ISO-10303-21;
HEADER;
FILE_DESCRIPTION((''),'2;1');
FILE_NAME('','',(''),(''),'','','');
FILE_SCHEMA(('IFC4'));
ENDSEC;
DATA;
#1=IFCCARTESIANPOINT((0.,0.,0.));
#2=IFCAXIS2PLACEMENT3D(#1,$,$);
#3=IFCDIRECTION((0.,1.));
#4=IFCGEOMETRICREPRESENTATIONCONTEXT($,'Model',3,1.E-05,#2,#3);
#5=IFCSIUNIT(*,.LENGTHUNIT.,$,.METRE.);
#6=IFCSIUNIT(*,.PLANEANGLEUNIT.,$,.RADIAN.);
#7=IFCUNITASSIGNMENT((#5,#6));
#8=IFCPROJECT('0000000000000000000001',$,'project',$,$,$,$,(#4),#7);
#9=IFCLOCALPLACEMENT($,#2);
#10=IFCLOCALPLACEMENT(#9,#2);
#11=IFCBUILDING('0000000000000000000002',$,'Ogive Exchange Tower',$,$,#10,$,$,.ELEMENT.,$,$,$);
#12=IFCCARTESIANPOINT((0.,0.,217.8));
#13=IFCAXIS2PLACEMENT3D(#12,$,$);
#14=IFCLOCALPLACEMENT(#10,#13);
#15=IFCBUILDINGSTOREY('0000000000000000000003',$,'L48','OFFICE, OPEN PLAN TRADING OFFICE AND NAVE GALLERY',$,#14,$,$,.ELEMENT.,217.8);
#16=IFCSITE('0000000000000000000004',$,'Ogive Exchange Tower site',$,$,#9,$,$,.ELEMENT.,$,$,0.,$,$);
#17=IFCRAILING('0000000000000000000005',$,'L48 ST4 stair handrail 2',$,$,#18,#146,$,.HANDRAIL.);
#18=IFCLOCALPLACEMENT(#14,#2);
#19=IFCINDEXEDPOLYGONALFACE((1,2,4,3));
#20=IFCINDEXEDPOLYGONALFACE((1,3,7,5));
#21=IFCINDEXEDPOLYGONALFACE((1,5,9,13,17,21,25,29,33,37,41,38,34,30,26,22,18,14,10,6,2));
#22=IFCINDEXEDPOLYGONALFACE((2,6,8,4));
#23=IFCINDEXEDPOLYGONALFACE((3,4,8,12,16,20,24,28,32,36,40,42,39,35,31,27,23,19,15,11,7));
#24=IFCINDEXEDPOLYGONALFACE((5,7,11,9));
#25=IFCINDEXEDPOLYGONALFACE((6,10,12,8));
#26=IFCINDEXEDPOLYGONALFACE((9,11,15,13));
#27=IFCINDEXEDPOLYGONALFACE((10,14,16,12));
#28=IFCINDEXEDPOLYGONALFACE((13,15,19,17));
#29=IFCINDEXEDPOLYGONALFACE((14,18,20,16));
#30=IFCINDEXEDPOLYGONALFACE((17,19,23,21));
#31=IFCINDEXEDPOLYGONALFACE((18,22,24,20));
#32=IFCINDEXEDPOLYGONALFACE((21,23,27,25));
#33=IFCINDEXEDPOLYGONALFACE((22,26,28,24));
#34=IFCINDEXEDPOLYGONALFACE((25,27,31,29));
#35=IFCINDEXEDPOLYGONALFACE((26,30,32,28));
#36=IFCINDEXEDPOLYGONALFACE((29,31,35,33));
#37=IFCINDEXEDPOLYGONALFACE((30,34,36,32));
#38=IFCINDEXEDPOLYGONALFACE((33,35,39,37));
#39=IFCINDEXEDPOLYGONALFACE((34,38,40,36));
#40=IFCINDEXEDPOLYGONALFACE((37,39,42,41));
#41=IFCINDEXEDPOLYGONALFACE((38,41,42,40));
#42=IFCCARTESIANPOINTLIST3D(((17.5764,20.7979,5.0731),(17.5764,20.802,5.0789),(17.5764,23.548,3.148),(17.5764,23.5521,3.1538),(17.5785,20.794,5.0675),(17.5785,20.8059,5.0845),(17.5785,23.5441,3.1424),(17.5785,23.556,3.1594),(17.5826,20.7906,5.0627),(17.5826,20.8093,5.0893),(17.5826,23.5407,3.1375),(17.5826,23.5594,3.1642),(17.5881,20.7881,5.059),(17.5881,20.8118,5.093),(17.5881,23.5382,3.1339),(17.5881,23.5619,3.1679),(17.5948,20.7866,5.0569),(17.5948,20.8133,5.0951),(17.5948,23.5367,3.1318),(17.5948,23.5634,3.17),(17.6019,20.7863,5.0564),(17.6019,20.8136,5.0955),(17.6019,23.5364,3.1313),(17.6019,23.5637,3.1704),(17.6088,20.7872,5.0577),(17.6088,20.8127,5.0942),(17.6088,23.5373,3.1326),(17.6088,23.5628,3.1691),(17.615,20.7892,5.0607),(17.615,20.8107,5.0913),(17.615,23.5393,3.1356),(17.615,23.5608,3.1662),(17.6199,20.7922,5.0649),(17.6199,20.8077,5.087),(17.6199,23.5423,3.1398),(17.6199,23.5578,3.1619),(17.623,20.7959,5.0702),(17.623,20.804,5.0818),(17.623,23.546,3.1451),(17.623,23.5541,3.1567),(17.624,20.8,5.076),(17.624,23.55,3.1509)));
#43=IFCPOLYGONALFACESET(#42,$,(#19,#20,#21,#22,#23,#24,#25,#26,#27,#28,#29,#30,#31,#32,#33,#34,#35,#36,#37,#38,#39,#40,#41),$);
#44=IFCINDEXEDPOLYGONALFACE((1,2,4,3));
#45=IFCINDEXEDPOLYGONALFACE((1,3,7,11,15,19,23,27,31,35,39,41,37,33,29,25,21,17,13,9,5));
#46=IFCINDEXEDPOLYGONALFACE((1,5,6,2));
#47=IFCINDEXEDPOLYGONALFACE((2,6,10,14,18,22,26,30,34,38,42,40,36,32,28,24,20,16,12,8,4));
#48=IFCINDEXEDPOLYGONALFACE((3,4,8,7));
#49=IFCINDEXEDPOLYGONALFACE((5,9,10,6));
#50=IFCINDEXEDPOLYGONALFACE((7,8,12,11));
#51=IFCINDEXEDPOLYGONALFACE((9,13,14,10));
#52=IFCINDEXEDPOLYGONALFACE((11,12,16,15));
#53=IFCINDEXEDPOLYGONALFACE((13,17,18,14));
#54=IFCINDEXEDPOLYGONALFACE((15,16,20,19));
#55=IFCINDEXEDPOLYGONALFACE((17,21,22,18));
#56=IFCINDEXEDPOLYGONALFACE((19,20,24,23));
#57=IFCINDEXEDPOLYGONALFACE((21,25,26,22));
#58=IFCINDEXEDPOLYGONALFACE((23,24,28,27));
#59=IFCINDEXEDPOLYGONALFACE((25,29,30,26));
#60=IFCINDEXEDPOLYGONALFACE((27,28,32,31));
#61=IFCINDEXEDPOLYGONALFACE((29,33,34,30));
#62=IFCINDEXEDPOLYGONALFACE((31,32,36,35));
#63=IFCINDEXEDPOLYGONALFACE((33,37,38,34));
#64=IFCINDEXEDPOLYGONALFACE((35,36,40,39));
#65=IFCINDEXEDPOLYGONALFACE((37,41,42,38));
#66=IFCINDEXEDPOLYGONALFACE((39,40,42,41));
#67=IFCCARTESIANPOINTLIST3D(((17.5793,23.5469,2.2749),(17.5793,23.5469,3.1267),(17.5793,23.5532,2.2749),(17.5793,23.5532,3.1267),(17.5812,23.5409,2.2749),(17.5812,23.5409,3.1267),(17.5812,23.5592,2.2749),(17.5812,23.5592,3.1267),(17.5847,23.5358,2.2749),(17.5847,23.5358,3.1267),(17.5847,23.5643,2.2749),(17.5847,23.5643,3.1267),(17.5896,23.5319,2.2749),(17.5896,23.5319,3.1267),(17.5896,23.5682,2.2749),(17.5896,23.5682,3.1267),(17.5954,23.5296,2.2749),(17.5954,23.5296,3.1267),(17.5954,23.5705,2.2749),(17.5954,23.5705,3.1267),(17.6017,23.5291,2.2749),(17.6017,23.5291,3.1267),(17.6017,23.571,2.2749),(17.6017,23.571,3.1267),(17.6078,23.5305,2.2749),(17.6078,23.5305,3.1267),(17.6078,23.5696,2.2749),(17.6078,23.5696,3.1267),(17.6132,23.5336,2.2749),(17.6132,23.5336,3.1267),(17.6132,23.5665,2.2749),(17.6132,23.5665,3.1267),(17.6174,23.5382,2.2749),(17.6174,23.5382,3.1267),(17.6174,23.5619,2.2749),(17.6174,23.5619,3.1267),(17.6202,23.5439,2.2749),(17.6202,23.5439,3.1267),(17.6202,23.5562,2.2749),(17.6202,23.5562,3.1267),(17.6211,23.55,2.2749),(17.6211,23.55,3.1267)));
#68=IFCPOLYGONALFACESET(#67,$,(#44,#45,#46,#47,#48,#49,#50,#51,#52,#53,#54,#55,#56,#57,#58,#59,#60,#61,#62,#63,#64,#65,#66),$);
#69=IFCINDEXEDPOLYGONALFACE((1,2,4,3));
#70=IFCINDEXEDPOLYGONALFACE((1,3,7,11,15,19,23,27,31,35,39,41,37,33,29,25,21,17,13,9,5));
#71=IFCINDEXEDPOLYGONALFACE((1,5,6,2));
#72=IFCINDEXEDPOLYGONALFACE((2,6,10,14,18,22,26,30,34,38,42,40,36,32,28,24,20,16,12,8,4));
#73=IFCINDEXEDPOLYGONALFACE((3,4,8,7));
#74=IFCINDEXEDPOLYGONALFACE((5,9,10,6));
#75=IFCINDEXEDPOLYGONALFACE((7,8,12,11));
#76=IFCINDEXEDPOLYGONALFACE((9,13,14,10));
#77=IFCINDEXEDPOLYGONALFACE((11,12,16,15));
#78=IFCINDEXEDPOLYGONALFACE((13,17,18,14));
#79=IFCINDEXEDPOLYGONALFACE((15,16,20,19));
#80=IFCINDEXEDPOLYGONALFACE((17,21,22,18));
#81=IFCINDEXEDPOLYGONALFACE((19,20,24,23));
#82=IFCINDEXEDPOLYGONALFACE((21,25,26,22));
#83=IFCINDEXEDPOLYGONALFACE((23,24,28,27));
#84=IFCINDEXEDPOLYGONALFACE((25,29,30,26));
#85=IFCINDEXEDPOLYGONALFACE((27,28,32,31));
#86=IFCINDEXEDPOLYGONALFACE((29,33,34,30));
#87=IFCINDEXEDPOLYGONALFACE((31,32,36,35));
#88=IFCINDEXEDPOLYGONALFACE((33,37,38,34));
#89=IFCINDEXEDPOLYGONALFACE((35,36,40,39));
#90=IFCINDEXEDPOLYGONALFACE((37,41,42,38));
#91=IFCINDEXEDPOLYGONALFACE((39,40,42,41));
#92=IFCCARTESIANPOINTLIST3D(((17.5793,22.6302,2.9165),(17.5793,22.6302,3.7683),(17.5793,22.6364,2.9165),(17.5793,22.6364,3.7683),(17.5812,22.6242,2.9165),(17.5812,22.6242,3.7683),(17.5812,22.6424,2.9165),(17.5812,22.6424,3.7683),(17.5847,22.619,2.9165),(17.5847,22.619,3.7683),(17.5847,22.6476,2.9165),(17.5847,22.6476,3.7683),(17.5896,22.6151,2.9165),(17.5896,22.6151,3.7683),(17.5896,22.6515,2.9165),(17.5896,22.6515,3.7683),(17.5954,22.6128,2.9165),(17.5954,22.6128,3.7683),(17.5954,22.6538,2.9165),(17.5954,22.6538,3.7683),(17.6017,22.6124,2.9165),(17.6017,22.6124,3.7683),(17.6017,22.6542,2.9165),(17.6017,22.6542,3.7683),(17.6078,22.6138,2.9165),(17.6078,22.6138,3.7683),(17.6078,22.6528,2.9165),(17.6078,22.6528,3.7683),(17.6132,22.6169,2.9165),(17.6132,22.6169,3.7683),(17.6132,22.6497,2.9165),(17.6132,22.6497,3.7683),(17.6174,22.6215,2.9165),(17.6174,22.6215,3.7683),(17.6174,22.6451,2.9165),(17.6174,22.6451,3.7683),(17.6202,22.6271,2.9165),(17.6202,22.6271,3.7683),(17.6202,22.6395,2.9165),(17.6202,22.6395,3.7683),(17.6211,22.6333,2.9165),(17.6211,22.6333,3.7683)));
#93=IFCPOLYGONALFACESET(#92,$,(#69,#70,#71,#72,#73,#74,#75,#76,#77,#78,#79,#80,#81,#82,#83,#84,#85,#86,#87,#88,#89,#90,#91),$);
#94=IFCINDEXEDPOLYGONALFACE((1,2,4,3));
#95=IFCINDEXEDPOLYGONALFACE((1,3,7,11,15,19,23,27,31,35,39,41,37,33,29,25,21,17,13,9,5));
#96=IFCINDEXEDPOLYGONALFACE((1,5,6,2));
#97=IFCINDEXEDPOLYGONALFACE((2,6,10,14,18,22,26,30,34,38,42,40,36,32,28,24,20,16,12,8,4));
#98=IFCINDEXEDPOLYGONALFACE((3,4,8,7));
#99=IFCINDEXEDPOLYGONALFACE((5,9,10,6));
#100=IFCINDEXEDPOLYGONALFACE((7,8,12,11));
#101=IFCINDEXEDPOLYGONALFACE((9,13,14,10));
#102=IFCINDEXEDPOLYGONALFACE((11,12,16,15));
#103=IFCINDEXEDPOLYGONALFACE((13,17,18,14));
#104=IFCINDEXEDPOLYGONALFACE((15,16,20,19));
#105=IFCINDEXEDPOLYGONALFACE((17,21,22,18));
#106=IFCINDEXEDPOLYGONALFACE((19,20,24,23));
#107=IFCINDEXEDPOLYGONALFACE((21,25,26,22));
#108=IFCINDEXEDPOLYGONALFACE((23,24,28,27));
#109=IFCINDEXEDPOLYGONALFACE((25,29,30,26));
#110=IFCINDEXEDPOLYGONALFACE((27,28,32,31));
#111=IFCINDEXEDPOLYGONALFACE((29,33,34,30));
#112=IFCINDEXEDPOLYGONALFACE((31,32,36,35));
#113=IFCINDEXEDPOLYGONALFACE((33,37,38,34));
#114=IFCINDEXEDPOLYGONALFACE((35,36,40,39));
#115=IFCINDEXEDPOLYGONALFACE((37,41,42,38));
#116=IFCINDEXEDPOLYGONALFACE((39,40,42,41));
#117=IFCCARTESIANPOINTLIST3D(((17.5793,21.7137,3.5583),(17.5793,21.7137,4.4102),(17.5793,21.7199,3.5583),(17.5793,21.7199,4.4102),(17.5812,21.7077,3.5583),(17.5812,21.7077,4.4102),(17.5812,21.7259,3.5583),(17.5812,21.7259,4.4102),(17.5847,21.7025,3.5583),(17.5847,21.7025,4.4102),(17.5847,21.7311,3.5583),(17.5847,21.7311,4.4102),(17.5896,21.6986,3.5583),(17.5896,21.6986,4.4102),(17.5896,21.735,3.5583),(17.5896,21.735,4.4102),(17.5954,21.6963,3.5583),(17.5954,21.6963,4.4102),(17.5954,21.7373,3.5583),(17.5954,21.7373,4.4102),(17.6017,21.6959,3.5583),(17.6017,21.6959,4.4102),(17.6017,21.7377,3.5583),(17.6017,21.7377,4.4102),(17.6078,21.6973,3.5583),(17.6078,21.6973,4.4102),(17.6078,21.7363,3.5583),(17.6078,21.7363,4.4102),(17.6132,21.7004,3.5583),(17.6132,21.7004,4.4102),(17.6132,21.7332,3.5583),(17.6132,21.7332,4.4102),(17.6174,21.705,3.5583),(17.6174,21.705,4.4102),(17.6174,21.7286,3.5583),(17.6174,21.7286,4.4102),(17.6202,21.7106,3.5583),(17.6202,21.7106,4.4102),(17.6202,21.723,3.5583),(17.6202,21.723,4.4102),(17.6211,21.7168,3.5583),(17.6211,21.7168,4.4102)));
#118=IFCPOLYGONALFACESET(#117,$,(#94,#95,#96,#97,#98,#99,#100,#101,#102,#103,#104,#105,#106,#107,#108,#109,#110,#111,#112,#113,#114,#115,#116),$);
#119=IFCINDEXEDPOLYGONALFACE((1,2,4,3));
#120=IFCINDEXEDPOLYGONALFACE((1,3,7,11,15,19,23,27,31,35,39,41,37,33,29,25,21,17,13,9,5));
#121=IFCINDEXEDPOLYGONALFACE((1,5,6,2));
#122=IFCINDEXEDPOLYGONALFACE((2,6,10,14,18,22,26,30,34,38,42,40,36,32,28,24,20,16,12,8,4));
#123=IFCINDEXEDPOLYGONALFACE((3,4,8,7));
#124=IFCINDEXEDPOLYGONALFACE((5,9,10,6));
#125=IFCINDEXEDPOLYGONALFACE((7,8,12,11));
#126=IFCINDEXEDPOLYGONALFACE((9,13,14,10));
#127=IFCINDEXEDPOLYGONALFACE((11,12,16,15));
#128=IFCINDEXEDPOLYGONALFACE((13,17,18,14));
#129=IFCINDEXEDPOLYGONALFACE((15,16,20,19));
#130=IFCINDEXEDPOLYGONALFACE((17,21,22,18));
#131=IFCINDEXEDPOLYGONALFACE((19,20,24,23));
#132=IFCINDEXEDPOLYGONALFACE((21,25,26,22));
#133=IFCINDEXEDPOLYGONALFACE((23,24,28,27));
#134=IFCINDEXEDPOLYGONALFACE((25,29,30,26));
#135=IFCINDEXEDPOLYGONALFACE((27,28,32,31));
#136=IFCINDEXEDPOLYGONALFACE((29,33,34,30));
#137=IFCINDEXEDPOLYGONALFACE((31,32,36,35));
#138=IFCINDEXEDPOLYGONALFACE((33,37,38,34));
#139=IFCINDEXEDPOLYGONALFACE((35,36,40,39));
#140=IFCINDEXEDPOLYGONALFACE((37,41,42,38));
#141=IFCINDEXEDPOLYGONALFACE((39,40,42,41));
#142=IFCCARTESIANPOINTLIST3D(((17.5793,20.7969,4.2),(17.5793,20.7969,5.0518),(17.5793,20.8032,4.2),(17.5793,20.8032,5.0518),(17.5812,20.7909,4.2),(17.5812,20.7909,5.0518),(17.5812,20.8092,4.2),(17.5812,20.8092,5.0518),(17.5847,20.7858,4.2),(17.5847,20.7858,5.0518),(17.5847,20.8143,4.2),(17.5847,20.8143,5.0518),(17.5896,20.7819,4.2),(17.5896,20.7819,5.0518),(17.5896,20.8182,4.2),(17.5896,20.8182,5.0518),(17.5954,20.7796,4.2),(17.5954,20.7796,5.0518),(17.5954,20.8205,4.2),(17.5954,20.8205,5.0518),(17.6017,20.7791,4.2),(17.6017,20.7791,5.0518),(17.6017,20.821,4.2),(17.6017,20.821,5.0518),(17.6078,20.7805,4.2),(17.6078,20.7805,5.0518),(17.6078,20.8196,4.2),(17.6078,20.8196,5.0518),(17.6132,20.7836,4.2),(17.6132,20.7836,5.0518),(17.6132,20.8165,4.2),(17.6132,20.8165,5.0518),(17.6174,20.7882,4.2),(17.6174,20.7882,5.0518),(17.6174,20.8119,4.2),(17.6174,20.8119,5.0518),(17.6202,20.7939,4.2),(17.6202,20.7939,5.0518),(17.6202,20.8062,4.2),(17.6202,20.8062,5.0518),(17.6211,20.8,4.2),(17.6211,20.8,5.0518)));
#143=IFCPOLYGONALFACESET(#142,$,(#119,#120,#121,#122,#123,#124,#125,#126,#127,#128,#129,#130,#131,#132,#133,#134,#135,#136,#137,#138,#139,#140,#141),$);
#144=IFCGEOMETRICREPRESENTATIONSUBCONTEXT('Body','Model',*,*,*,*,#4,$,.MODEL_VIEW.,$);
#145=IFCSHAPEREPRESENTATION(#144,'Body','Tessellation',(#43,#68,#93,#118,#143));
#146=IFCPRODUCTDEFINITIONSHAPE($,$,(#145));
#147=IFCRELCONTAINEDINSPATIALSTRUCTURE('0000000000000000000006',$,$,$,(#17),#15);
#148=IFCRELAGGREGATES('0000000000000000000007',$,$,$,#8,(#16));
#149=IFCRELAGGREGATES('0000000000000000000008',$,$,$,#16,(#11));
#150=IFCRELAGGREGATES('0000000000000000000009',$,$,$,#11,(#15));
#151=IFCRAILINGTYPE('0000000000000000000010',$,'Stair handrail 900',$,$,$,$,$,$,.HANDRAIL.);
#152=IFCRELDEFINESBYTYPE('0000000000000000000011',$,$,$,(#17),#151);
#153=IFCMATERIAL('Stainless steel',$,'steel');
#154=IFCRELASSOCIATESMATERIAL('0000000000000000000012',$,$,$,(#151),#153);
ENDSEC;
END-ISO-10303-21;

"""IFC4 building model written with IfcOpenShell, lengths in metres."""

from ifc_helpers import new_model, si_unit, direction, frame, origin, origin_2d, place, context, subcontext, project, spatial, circle, extrude, material, type_object, element, save


model = new_model("IFC4")

# Units and contexts
model_context = context("Model", 3, precision=1e-05, world=origin(), true_north=direction((0.0, 1.0)))
body_context = subcontext(model_context, "Body", "Model", "MODEL_VIEW")
ifc_project = project(units=[si_unit("LENGTHUNIT", "METRE"), si_unit("PLANEANGLEUNIT", "RADIAN")], contexts=[model_context])

# Site, building, storey
site_placement = place(None, origin())
site = spatial("IfcSite", under=ifc_project, at=site_placement, Name="Ogive Exchange Tower site", CompositionType="ELEMENT", RefElevation=0.0)
building_placement = place(site_placement, origin())
building = spatial("IfcBuilding", under=site, at=building_placement, Name="Ogive Exchange Tower", CompositionType="ELEMENT")
storey_placement = place(building_placement, frame((0.0, 0.0, 217.8)))
storey = spatial("IfcBuildingStorey", under=building, at=storey_placement, Name="L48", Description="OFFICE, OPEN PLAN TRADING OFFICE AND NAVE GALLERY", CompositionType="ELEMENT", Elevation=217.8)

# Railing
ifc_material_1 = material(Name="Stainless steel", Category="steel")
railing_type = type_object("IfcRailingType", Name="Stair handrail 900", PredefinedType="HANDRAIL", material=ifc_material_1)
railing_1_placement = place(storey_placement, frame((17.6001, 23.55, 2.2749)))
element("IfcRailing", 1, at=railing_1_placement, inside=storey, type_object=railing_type, Name="L48 ST4 stair handrail 2", PredefinedType="HANDRAIL", context=body_context, shape_type="SweptSolid", body=[
    extrude(circle(Radius=0.0239, at=origin_2d()), frame((0.0, 0.0, 0.876), z_axis=(0.0, -0.819225, 0.573472), x_axis=(1.0, 0.0, 0.0)), (0.0, 0.0, 1.0), 3.3569),
    extrude(circle(Radius=0.021, at=origin_2d()), origin(), (0.0, 0.0, 1.0), 0.8518),
    extrude(circle(Radius=0.021, at=origin_2d()), frame((0.0, -0.9167, 0.6416)), (0.0, 0.0, 1.0), 0.8518),
    extrude(circle(Radius=0.021, at=origin_2d()), frame((0.0, -1.8333, 1.2834)), (0.0, 0.0, 1.0), 0.8518),
    extrude(circle(Radius=0.021, at=origin_2d()), frame((0.0, -2.75, 1.925)), (0.0, 0.0, 1.0), 0.8518),
])

save(model, "model.ifc")
